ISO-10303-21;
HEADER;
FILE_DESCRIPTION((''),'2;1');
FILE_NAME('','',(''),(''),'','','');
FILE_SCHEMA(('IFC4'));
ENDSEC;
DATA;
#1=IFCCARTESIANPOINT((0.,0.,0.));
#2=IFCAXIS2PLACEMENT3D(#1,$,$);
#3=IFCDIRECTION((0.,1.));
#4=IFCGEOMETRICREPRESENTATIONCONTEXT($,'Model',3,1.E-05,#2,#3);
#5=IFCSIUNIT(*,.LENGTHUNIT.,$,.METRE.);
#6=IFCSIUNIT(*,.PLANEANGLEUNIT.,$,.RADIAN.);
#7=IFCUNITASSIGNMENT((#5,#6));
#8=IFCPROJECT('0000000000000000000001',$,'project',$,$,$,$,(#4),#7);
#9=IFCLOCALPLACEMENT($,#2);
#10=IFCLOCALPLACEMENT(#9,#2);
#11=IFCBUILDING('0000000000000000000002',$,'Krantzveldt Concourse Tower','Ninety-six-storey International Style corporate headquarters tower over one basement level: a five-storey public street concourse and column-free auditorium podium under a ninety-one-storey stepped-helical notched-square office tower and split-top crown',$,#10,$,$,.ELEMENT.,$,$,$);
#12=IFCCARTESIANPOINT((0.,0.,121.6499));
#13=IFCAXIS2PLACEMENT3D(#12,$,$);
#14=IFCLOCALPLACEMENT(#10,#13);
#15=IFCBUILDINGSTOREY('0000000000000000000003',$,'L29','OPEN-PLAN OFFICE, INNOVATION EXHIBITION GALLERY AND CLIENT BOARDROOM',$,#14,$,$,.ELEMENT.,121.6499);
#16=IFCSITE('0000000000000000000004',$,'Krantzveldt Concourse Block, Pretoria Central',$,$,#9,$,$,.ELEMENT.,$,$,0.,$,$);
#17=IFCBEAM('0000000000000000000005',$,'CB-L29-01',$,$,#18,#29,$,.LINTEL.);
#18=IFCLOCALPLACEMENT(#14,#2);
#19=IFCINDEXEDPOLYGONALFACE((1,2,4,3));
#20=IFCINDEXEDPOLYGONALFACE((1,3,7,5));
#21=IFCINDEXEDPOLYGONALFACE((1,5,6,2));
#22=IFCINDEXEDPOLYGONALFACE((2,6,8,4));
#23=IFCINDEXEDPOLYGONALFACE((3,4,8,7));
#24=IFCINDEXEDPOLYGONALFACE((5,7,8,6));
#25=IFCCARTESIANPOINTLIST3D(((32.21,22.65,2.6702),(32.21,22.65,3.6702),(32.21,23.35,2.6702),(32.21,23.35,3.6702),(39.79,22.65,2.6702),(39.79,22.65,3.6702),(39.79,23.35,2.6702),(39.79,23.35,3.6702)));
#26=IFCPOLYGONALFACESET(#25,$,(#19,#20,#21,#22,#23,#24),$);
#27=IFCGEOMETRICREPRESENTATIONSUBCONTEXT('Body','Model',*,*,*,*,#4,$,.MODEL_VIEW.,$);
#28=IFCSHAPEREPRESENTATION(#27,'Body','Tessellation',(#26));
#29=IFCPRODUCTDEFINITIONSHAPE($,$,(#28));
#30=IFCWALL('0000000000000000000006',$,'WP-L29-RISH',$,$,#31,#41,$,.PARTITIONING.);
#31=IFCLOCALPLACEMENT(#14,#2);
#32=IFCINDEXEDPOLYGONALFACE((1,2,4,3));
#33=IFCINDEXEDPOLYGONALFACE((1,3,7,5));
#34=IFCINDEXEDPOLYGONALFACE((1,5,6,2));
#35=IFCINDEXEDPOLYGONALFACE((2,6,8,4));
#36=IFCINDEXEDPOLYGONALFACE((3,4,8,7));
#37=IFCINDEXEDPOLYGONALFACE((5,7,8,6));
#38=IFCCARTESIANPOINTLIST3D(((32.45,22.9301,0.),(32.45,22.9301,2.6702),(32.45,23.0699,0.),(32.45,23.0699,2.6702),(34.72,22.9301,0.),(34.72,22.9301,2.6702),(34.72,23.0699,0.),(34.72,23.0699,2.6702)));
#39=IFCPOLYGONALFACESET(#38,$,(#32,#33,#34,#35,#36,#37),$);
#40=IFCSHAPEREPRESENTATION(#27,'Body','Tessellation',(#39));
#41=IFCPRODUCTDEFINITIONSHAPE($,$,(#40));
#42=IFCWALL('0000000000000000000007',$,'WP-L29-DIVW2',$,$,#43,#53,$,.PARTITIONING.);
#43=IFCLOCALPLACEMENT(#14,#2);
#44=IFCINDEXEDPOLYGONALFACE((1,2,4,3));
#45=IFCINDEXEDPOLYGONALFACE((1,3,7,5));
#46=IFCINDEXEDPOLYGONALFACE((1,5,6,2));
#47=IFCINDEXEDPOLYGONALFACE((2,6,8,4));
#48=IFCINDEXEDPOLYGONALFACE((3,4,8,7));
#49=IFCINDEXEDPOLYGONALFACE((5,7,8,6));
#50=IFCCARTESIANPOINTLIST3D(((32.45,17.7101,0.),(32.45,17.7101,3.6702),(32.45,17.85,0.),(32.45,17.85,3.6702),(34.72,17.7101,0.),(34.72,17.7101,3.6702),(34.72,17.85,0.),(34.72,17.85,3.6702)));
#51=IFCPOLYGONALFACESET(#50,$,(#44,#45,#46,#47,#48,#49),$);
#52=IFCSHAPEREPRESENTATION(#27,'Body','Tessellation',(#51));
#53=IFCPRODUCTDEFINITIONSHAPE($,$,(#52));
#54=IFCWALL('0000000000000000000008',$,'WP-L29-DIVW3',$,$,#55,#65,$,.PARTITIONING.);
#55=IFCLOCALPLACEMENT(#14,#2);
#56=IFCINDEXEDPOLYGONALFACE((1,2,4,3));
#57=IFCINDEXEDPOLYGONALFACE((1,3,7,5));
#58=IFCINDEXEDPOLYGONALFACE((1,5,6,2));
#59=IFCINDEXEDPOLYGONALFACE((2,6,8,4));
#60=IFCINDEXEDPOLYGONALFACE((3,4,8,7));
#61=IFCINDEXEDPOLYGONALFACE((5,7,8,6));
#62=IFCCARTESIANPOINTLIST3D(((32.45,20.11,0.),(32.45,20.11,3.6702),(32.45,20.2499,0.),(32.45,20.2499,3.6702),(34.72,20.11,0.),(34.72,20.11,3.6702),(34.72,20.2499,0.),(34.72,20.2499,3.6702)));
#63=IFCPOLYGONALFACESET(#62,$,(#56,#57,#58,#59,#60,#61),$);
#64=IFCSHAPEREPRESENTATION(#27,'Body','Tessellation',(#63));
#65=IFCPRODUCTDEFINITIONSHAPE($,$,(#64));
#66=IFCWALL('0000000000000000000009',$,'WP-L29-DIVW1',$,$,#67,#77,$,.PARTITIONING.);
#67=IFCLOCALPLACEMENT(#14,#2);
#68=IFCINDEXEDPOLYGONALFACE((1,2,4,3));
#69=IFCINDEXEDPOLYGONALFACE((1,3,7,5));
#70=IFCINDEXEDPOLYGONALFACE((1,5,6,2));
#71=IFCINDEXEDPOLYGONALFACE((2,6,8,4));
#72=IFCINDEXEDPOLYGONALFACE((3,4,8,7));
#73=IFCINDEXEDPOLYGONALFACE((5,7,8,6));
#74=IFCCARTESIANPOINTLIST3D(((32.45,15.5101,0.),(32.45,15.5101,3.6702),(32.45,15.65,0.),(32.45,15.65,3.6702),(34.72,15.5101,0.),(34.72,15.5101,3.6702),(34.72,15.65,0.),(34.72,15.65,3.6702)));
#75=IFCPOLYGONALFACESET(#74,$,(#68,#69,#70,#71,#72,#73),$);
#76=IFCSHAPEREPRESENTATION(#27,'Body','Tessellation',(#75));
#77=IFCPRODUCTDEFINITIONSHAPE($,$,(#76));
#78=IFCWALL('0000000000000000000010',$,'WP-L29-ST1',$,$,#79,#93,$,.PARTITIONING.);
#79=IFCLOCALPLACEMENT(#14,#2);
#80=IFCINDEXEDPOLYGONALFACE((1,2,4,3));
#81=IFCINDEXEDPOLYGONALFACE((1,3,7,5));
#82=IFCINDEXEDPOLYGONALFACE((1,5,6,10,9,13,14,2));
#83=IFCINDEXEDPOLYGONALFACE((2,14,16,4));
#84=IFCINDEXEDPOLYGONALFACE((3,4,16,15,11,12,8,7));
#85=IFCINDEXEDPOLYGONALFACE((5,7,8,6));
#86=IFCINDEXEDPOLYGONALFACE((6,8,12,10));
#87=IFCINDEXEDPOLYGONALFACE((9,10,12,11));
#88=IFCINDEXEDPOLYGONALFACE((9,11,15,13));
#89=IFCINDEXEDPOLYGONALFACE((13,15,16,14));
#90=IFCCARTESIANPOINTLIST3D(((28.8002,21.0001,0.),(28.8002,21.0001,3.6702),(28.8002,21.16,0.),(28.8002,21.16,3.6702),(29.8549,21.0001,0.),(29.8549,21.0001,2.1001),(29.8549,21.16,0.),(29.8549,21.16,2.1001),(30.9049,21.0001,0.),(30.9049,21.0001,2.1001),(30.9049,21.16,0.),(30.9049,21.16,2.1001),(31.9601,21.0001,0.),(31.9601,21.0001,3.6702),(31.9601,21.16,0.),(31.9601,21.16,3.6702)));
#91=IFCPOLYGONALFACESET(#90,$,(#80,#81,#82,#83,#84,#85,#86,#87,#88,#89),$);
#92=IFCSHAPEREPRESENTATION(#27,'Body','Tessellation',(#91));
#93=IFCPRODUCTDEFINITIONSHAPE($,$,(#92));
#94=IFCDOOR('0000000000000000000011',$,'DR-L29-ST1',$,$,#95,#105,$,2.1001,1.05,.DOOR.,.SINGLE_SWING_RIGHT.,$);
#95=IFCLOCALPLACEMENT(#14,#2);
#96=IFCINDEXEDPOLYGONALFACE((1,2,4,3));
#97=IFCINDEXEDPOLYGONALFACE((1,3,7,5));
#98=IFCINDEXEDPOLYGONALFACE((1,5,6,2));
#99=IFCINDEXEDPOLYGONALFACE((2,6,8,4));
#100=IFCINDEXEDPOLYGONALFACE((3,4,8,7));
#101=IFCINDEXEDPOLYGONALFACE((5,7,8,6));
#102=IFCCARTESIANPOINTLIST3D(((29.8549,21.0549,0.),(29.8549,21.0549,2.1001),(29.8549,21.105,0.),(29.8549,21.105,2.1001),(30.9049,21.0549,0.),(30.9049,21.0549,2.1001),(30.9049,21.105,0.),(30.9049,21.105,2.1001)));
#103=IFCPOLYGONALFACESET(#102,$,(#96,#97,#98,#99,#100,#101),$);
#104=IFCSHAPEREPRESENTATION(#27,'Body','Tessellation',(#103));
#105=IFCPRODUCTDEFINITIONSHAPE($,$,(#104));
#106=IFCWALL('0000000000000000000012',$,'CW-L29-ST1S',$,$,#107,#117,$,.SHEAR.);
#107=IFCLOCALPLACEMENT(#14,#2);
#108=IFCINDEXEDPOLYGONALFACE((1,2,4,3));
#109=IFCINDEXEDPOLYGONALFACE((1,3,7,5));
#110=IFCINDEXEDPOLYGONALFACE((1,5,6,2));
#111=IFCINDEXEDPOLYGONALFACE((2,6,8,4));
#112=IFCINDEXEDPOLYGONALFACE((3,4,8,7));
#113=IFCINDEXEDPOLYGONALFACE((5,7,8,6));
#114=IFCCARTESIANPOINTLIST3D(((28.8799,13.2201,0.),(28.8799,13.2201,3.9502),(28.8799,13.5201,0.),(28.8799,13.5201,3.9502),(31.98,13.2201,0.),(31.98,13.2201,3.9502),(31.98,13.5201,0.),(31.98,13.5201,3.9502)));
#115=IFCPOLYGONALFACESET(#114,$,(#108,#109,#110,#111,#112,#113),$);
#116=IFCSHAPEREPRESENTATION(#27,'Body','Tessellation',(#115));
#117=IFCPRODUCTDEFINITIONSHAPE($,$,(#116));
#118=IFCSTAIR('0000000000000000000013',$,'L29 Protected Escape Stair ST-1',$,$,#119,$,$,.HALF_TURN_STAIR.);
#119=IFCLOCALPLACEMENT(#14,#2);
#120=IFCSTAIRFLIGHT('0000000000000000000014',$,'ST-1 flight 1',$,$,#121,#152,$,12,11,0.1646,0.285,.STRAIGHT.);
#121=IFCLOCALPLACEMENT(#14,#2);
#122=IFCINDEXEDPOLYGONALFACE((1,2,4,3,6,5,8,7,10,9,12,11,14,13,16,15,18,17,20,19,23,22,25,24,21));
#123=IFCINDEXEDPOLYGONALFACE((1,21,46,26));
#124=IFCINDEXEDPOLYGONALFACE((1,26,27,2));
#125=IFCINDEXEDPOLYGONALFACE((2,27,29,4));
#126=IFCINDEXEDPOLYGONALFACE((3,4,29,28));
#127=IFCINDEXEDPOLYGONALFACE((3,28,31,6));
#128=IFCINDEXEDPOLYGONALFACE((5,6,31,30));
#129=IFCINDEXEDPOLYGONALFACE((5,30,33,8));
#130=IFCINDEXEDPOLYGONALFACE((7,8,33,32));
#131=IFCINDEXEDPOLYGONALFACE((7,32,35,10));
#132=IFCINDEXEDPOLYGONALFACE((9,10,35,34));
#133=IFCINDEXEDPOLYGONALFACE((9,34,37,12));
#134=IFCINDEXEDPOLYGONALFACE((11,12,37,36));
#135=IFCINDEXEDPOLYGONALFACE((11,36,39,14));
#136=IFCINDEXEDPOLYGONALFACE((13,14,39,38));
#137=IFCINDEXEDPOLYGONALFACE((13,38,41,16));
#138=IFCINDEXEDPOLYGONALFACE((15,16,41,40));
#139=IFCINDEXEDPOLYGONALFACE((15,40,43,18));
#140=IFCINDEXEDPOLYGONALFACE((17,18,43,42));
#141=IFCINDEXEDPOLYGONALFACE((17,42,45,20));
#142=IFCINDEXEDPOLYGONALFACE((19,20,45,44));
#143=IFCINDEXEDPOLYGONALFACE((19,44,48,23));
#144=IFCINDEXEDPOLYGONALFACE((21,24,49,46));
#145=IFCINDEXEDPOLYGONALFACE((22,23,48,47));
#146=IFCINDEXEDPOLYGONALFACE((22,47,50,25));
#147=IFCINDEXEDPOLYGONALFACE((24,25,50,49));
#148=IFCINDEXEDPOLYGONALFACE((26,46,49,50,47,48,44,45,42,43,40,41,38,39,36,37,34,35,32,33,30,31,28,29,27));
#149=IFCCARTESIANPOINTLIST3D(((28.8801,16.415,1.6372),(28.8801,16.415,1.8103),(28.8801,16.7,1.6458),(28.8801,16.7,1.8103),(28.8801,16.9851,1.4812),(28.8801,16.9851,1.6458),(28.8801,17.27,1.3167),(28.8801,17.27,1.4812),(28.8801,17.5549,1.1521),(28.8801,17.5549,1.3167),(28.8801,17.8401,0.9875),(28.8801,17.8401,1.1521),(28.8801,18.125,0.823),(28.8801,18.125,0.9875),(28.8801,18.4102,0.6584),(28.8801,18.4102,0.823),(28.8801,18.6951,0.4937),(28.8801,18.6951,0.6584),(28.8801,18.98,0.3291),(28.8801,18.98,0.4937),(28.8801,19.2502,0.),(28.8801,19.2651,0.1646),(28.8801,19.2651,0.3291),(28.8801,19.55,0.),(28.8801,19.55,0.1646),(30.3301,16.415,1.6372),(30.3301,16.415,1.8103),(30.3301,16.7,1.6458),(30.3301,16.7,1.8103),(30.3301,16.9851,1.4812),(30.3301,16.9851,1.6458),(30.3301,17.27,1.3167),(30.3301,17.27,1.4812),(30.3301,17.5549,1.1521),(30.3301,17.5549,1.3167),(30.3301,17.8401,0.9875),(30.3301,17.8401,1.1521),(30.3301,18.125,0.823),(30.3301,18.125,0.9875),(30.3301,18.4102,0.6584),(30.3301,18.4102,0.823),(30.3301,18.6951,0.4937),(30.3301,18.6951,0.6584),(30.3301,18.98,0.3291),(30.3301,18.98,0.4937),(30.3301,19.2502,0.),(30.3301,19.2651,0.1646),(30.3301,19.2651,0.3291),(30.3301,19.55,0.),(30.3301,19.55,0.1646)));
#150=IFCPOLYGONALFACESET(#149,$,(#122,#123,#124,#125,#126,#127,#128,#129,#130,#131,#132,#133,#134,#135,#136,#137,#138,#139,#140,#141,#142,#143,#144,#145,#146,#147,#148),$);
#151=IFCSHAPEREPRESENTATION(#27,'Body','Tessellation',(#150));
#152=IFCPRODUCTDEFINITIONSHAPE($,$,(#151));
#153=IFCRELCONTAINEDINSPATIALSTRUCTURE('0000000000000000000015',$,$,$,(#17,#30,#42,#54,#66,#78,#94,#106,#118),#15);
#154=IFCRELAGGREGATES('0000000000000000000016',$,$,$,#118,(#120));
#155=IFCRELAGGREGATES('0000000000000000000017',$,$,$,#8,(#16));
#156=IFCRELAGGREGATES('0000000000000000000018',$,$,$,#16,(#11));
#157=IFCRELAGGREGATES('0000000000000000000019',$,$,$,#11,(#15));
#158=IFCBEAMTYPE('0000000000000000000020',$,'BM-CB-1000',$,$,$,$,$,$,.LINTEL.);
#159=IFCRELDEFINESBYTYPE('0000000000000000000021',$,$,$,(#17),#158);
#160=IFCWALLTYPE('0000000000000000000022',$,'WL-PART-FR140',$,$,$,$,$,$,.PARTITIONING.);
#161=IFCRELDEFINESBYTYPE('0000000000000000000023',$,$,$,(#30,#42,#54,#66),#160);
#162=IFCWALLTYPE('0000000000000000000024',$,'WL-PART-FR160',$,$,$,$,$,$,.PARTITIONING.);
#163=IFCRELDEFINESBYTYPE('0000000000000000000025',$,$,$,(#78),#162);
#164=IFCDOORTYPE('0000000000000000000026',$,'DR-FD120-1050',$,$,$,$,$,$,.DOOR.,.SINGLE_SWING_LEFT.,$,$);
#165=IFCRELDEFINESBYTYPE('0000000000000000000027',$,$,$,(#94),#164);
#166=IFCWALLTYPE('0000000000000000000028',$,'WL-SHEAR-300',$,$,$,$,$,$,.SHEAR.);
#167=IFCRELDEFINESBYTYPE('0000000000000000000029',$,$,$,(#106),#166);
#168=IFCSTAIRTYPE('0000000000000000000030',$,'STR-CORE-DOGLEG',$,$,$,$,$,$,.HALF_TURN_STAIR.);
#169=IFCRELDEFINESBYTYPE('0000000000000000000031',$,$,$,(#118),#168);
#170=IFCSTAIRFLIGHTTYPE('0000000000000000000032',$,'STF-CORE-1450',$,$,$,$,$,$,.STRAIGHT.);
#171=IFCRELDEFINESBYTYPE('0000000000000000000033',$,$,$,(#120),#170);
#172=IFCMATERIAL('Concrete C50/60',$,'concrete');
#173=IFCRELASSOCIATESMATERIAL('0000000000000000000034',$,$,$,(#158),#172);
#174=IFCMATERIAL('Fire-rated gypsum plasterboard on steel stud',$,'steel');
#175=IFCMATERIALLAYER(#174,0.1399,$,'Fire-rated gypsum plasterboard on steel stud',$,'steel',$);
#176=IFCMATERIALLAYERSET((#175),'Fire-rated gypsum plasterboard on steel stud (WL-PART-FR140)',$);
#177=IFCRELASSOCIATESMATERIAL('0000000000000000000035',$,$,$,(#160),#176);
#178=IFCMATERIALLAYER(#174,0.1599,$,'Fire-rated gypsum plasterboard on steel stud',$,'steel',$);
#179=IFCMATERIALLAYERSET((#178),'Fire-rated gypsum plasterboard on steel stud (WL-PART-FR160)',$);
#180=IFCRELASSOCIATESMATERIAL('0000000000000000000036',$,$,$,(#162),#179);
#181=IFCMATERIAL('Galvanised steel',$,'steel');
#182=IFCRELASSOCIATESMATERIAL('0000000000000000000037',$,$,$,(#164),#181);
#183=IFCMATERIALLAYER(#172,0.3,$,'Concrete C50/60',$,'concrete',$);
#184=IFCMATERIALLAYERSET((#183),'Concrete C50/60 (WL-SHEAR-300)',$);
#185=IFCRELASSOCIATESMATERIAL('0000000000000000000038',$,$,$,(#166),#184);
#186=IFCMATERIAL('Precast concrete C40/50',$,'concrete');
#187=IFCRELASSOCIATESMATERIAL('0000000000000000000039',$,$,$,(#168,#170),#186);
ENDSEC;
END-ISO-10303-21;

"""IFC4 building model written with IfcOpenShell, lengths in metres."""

from ifc_helpers import new_model, si_unit, direction, frame, frame_2d, origin, origin_2d, place, context, subcontext, project, spatial, polyline, rectangle, outline, extrude, source, transform, mapped, material, layer, layer_set, material_profile, profile_set, type_object, type_shapes, element, fill, aggregate, save


model = new_model("IFC4")

# Units and contexts
model_context = context("Model", 3, precision=1e-05, world=origin(), true_north=direction((0.0, 1.0)))
body_context = subcontext(model_context, "Body", "Model", "MODEL_VIEW")
ifc_project = project(units=[si_unit("LENGTHUNIT", "METRE"), si_unit("PLANEANGLEUNIT", "RADIAN")], contexts=[model_context])

# Site, building, storey
site_placement = place(None, origin())
site = spatial("IfcSite", under=ifc_project, at=site_placement, Name="Krantzveldt Concourse Block, Pretoria Central", CompositionType="ELEMENT", RefElevation=0.0)
building_placement = place(site_placement, origin())
building = spatial("IfcBuilding", under=site, at=building_placement, Name="Krantzveldt Concourse Tower", Description="Ninety-six-storey International Style corporate headquarters tower over one basement level: a five-storey public street concourse and column-free auditorium podium under a ninety-one-storey stepped-helical notched-square office tower and split-top crown", CompositionType="ELEMENT")
storey_placement = place(building_placement, frame((0.0, 0.0, 121.6499)))
storey = spatial("IfcBuildingStorey", under=building, at=storey_placement, Name="L29", Description="OPEN-PLAN OFFICE, INNOVATION EXHIBITION GALLERY AND CLIENT BOARDROOM", CompositionType="ELEMENT", Elevation=121.6499)

# Beam
ifc_material_1 = material(Name="Concrete C50/60", Category="concrete")
ifc_material_profile = material_profile(ifc_material_1, rectangle(XDim=0.7, YDim=1.0, at=origin_2d()), Name="Concrete C50/60", Category="concrete")
ifc_profile_set = profile_set([ifc_material_profile], Name="Concrete C50/60 - RC-CB 700x1000")
beam_type = type_object("IfcBeamType", Name="BM-CB-1000", PredefinedType="LINTEL", material=ifc_profile_set)
shared_shape = source(origin(), body_context, "Body", "SweptSolid", [
    extrude(rectangle(XDim=0.7, YDim=1.0, at=origin_2d()), origin(), (0.0, 0.0, 1.0), 7.5801),
])
type_shapes(beam_type, [shared_shape])
beam_placement = place(storey_placement, frame((32.21, 23.0, 3.1702), z_axis=(1.0, 0.0, 0.0), x_axis=(0.0, 1.0, 0.0)))
element("IfcBeam", 1, at=beam_placement, inside=storey, type_object=beam_type, Name="CB-L29-01", PredefinedType="LINTEL", context=body_context, shape_type="MappedRepresentation", body=[
    mapped(shared_shape, transform((0.0, 0.0, 0.0), x_axis=(1.0, 0.0, 0.0), y_axis=(0.0, 1.0, 0.0), z_axis=(0.0, 0.0, 1.0), scale=1.0)),
])

# Walls
ifc_material_2 = material(Name="Fire-rated gypsum plasterboard on steel stud", Category="steel")
ifc_layer_1 = layer(ifc_material_2, 0.1399, Name="Fire-rated gypsum plasterboard on steel stud", Category="steel")
ifc_layer_set_1 = layer_set([ifc_layer_1], Name="Fire-rated gypsum plasterboard on steel stud (WL-PART-FR140)")
wall_type_1 = type_object("IfcWallType", Name="WL-PART-FR140", PredefinedType="PARTITIONING", material=ifc_layer_set_1)
wall_1_placement = place(storey_placement, frame((32.45, 23.0, 0.0), z_axis=(0.0, 0.0, 1.0), x_axis=(1.0, 0.0, 0.0)))
element("IfcWall", 2, at=wall_1_placement, inside=storey, type_object=wall_type_1, Name="WP-L29-RISH", PredefinedType="PARTITIONING", context=body_context, shape_type="SweptSolid", body=[
    extrude(rectangle(XDim=2.27, YDim=0.1399, at=frame_2d((1.135, 0.0))), origin(), (0.0, 0.0, 1.0), 2.6702),
])
for number, where, z_axis, x_axis, name in (
    (3, (32.45, 17.78, 0.0), (0.0, 0.0, 1.0), (1.0, 0.0, 0.0), "WP-L29-DIVW2"),
    (4, (32.45, 20.1799, 0.0), (0.0, 0.0, 1.0), (1.0, 0.0, 0.0), "WP-L29-DIVW3"),
    (5, (32.45, 15.5801, 0.0), (0.0, 0.0, 1.0), (1.0, 0.0, 0.0), "WP-L29-DIVW1"),
):
    element("IfcWall", number, at=place(storey_placement, frame(where, z_axis=z_axis, x_axis=x_axis)), inside=storey, type_object=wall_type_1, Name=name, PredefinedType="PARTITIONING", context=body_context, shape_type="SweptSolid", body=[
        extrude(rectangle(XDim=2.27, YDim=0.1399, at=frame_2d((1.135, 0.0))), origin(), (0.0, 0.0, 1.0), 3.6702),
    ])

# Wall, opening, door
ifc_layer_2 = layer(ifc_material_2, 0.1599, Name="Fire-rated gypsum plasterboard on steel stud", Category="steel")
ifc_layer_set_2 = layer_set([ifc_layer_2], Name="Fire-rated gypsum plasterboard on steel stud (WL-PART-FR160)")
wall_type_2 = type_object("IfcWallType", Name="WL-PART-FR160", PredefinedType="PARTITIONING", material=ifc_layer_set_2)
wall_2_placement = place(storey_placement, frame((28.8, 21.0801, 0.0), z_axis=(0.0, 0.0, 1.0), x_axis=(1.0, 0.0, 0.0)))
wall_2 = element("IfcWall", 6, at=wall_2_placement, inside=storey, type_object=wall_type_2, Name="WP-L29-ST1", PredefinedType="PARTITIONING", context=body_context, shape_type="SweptSolid", body=[
    extrude(rectangle(XDim=3.1599, YDim=0.1599, at=frame_2d((1.5801, 0.0))), origin(), (0.0, 0.0, 1.0), 3.6702),
])
opening_placement = place(wall_2_placement, frame((1.0549, 0.0, 0.0)))
opening = element("IfcOpeningElement", 7, at=opening_placement, cuts=wall_2, PredefinedType="OPENING", context=body_context, shape_type="SweptSolid", body=[
    extrude(rectangle(XDim=1.05, YDim=2.1001, at=frame_2d((0.5249, 1.05))), frame((0.0, 0.0898, 0.0), z_axis=(0.0, -1.0, 0.0), x_axis=(1.0, 0.0, 0.0)), (0.0, 0.0, 1.0), 0.1799),
])
ifc_material_3 = material(Name="Galvanised steel", Category="steel")
door_type = type_object("IfcDoorType", Name="DR-FD120-1050", OperationType="SINGLE_SWING_LEFT", PredefinedType="DOOR", material=ifc_material_3)
door_placement = place(opening_placement, origin())
door = element("IfcDoor", 8, at=door_placement, inside=storey, type_object=door_type, Name="DR-L29-ST1", OperationType="SINGLE_SWING_RIGHT", OverallHeight=2.1001, OverallWidth=1.05, PredefinedType="DOOR", context=body_context, shape_type="SweptSolid", body=[
    extrude(rectangle(XDim=1.05, YDim=2.1001, at=frame_2d((0.5249, 1.05))), frame((0.0, 0.0249, 0.0), z_axis=(0.0, -1.0, 0.0), x_axis=(1.0, 0.0, 0.0)), (0.0, 0.0, 1.0), 0.05),
])
fill(opening, door)

# Wall
ifc_layer_3 = layer(ifc_material_1, 0.3, Name="Concrete C50/60", Category="concrete")
ifc_layer_set_3 = layer_set([ifc_layer_3], Name="Concrete C50/60 (WL-SHEAR-300)")
wall_type_3 = type_object("IfcWallType", Name="WL-SHEAR-300", PredefinedType="SHEAR", material=ifc_layer_set_3)
wall_3_placement = place(storey_placement, frame((28.8799, 13.3701, 0.0), z_axis=(0.0, 0.0, 1.0), x_axis=(1.0, 0.0, 0.0)))
element("IfcWall", 9, at=wall_3_placement, inside=storey, type_object=wall_type_3, Name="CW-L29-ST1S", PredefinedType="SHEAR", context=body_context, shape_type="SweptSolid", body=[
    extrude(rectangle(XDim=3.1001, YDim=0.3, at=frame_2d((1.55, 0.0))), origin(), (0.0, 0.0, 1.0), 3.9502),
])

# Stair, stair flight
ifc_material_4 = material(Name="Precast concrete C40/50", Category="concrete")
stair_type = type_object("IfcStairType", Name="STR-CORE-DOGLEG", PredefinedType="HALF_TURN_STAIR", material=ifc_material_4)
stair_placement = place(storey_placement, origin())
stair = element("IfcStair", 10, at=stair_placement, inside=storey, type_object=stair_type, Name="L29 Protected Escape Stair ST-1", PredefinedType="HALF_TURN_STAIR")
stair_flight_type = type_object("IfcStairFlightType", Name="STF-CORE-1450", PredefinedType="STRAIGHT", material=ifc_material_4)
stair_flight_1_placement = place(storey_placement, frame((29.605, 19.55, 0.0), z_axis=(0.0, 0.0, 1.0), x_axis=(0.0, -1.0, 0.0)))
stair_flight_1 = element("IfcStairFlight", 11, at=stair_flight_1_placement, type_object=stair_flight_type, Name="ST-1 flight 1", NumberOfRisers=12, NumberOfTreads=11, PredefinedType="STRAIGHT", RiserHeight=0.1646, TreadLength=0.285, context=body_context, shape_type="SweptSolid", body=[
    extrude(outline(polyline([(0.0, 0.0), (0.0, 0.1646), (0.2849, 0.1646), (0.2849, 0.3291), (0.5701, 0.3291), (0.5701, 0.4937), (0.855, 0.4937), (0.855, 0.6584), (1.1399, 0.6584), (1.1399, 0.823), (1.425, 0.823), (1.425, 0.9875), (1.71, 0.9875), (1.71, 1.1521), (1.9951, 1.1521), (1.9951, 1.3167), (2.28, 1.3167), (2.28, 1.4812), (2.5649, 1.4812), (2.5649, 1.6458), (2.8501, 1.6458), (2.8501, 1.8103), (3.135, 1.8103), (3.135, 1.9751), (3.135, 1.6372), (0.2998, 0.0), (0.0, 0.0)])), frame((0.0, 0.7251, 0.0), z_axis=(0.0, -1.0, 0.0), x_axis=(1.0, 0.0, 0.0)), (0.0, 0.0, 1.0), 1.45),
])
aggregate(stair, [stair_flight_1])

save(model, "model.ifc")
